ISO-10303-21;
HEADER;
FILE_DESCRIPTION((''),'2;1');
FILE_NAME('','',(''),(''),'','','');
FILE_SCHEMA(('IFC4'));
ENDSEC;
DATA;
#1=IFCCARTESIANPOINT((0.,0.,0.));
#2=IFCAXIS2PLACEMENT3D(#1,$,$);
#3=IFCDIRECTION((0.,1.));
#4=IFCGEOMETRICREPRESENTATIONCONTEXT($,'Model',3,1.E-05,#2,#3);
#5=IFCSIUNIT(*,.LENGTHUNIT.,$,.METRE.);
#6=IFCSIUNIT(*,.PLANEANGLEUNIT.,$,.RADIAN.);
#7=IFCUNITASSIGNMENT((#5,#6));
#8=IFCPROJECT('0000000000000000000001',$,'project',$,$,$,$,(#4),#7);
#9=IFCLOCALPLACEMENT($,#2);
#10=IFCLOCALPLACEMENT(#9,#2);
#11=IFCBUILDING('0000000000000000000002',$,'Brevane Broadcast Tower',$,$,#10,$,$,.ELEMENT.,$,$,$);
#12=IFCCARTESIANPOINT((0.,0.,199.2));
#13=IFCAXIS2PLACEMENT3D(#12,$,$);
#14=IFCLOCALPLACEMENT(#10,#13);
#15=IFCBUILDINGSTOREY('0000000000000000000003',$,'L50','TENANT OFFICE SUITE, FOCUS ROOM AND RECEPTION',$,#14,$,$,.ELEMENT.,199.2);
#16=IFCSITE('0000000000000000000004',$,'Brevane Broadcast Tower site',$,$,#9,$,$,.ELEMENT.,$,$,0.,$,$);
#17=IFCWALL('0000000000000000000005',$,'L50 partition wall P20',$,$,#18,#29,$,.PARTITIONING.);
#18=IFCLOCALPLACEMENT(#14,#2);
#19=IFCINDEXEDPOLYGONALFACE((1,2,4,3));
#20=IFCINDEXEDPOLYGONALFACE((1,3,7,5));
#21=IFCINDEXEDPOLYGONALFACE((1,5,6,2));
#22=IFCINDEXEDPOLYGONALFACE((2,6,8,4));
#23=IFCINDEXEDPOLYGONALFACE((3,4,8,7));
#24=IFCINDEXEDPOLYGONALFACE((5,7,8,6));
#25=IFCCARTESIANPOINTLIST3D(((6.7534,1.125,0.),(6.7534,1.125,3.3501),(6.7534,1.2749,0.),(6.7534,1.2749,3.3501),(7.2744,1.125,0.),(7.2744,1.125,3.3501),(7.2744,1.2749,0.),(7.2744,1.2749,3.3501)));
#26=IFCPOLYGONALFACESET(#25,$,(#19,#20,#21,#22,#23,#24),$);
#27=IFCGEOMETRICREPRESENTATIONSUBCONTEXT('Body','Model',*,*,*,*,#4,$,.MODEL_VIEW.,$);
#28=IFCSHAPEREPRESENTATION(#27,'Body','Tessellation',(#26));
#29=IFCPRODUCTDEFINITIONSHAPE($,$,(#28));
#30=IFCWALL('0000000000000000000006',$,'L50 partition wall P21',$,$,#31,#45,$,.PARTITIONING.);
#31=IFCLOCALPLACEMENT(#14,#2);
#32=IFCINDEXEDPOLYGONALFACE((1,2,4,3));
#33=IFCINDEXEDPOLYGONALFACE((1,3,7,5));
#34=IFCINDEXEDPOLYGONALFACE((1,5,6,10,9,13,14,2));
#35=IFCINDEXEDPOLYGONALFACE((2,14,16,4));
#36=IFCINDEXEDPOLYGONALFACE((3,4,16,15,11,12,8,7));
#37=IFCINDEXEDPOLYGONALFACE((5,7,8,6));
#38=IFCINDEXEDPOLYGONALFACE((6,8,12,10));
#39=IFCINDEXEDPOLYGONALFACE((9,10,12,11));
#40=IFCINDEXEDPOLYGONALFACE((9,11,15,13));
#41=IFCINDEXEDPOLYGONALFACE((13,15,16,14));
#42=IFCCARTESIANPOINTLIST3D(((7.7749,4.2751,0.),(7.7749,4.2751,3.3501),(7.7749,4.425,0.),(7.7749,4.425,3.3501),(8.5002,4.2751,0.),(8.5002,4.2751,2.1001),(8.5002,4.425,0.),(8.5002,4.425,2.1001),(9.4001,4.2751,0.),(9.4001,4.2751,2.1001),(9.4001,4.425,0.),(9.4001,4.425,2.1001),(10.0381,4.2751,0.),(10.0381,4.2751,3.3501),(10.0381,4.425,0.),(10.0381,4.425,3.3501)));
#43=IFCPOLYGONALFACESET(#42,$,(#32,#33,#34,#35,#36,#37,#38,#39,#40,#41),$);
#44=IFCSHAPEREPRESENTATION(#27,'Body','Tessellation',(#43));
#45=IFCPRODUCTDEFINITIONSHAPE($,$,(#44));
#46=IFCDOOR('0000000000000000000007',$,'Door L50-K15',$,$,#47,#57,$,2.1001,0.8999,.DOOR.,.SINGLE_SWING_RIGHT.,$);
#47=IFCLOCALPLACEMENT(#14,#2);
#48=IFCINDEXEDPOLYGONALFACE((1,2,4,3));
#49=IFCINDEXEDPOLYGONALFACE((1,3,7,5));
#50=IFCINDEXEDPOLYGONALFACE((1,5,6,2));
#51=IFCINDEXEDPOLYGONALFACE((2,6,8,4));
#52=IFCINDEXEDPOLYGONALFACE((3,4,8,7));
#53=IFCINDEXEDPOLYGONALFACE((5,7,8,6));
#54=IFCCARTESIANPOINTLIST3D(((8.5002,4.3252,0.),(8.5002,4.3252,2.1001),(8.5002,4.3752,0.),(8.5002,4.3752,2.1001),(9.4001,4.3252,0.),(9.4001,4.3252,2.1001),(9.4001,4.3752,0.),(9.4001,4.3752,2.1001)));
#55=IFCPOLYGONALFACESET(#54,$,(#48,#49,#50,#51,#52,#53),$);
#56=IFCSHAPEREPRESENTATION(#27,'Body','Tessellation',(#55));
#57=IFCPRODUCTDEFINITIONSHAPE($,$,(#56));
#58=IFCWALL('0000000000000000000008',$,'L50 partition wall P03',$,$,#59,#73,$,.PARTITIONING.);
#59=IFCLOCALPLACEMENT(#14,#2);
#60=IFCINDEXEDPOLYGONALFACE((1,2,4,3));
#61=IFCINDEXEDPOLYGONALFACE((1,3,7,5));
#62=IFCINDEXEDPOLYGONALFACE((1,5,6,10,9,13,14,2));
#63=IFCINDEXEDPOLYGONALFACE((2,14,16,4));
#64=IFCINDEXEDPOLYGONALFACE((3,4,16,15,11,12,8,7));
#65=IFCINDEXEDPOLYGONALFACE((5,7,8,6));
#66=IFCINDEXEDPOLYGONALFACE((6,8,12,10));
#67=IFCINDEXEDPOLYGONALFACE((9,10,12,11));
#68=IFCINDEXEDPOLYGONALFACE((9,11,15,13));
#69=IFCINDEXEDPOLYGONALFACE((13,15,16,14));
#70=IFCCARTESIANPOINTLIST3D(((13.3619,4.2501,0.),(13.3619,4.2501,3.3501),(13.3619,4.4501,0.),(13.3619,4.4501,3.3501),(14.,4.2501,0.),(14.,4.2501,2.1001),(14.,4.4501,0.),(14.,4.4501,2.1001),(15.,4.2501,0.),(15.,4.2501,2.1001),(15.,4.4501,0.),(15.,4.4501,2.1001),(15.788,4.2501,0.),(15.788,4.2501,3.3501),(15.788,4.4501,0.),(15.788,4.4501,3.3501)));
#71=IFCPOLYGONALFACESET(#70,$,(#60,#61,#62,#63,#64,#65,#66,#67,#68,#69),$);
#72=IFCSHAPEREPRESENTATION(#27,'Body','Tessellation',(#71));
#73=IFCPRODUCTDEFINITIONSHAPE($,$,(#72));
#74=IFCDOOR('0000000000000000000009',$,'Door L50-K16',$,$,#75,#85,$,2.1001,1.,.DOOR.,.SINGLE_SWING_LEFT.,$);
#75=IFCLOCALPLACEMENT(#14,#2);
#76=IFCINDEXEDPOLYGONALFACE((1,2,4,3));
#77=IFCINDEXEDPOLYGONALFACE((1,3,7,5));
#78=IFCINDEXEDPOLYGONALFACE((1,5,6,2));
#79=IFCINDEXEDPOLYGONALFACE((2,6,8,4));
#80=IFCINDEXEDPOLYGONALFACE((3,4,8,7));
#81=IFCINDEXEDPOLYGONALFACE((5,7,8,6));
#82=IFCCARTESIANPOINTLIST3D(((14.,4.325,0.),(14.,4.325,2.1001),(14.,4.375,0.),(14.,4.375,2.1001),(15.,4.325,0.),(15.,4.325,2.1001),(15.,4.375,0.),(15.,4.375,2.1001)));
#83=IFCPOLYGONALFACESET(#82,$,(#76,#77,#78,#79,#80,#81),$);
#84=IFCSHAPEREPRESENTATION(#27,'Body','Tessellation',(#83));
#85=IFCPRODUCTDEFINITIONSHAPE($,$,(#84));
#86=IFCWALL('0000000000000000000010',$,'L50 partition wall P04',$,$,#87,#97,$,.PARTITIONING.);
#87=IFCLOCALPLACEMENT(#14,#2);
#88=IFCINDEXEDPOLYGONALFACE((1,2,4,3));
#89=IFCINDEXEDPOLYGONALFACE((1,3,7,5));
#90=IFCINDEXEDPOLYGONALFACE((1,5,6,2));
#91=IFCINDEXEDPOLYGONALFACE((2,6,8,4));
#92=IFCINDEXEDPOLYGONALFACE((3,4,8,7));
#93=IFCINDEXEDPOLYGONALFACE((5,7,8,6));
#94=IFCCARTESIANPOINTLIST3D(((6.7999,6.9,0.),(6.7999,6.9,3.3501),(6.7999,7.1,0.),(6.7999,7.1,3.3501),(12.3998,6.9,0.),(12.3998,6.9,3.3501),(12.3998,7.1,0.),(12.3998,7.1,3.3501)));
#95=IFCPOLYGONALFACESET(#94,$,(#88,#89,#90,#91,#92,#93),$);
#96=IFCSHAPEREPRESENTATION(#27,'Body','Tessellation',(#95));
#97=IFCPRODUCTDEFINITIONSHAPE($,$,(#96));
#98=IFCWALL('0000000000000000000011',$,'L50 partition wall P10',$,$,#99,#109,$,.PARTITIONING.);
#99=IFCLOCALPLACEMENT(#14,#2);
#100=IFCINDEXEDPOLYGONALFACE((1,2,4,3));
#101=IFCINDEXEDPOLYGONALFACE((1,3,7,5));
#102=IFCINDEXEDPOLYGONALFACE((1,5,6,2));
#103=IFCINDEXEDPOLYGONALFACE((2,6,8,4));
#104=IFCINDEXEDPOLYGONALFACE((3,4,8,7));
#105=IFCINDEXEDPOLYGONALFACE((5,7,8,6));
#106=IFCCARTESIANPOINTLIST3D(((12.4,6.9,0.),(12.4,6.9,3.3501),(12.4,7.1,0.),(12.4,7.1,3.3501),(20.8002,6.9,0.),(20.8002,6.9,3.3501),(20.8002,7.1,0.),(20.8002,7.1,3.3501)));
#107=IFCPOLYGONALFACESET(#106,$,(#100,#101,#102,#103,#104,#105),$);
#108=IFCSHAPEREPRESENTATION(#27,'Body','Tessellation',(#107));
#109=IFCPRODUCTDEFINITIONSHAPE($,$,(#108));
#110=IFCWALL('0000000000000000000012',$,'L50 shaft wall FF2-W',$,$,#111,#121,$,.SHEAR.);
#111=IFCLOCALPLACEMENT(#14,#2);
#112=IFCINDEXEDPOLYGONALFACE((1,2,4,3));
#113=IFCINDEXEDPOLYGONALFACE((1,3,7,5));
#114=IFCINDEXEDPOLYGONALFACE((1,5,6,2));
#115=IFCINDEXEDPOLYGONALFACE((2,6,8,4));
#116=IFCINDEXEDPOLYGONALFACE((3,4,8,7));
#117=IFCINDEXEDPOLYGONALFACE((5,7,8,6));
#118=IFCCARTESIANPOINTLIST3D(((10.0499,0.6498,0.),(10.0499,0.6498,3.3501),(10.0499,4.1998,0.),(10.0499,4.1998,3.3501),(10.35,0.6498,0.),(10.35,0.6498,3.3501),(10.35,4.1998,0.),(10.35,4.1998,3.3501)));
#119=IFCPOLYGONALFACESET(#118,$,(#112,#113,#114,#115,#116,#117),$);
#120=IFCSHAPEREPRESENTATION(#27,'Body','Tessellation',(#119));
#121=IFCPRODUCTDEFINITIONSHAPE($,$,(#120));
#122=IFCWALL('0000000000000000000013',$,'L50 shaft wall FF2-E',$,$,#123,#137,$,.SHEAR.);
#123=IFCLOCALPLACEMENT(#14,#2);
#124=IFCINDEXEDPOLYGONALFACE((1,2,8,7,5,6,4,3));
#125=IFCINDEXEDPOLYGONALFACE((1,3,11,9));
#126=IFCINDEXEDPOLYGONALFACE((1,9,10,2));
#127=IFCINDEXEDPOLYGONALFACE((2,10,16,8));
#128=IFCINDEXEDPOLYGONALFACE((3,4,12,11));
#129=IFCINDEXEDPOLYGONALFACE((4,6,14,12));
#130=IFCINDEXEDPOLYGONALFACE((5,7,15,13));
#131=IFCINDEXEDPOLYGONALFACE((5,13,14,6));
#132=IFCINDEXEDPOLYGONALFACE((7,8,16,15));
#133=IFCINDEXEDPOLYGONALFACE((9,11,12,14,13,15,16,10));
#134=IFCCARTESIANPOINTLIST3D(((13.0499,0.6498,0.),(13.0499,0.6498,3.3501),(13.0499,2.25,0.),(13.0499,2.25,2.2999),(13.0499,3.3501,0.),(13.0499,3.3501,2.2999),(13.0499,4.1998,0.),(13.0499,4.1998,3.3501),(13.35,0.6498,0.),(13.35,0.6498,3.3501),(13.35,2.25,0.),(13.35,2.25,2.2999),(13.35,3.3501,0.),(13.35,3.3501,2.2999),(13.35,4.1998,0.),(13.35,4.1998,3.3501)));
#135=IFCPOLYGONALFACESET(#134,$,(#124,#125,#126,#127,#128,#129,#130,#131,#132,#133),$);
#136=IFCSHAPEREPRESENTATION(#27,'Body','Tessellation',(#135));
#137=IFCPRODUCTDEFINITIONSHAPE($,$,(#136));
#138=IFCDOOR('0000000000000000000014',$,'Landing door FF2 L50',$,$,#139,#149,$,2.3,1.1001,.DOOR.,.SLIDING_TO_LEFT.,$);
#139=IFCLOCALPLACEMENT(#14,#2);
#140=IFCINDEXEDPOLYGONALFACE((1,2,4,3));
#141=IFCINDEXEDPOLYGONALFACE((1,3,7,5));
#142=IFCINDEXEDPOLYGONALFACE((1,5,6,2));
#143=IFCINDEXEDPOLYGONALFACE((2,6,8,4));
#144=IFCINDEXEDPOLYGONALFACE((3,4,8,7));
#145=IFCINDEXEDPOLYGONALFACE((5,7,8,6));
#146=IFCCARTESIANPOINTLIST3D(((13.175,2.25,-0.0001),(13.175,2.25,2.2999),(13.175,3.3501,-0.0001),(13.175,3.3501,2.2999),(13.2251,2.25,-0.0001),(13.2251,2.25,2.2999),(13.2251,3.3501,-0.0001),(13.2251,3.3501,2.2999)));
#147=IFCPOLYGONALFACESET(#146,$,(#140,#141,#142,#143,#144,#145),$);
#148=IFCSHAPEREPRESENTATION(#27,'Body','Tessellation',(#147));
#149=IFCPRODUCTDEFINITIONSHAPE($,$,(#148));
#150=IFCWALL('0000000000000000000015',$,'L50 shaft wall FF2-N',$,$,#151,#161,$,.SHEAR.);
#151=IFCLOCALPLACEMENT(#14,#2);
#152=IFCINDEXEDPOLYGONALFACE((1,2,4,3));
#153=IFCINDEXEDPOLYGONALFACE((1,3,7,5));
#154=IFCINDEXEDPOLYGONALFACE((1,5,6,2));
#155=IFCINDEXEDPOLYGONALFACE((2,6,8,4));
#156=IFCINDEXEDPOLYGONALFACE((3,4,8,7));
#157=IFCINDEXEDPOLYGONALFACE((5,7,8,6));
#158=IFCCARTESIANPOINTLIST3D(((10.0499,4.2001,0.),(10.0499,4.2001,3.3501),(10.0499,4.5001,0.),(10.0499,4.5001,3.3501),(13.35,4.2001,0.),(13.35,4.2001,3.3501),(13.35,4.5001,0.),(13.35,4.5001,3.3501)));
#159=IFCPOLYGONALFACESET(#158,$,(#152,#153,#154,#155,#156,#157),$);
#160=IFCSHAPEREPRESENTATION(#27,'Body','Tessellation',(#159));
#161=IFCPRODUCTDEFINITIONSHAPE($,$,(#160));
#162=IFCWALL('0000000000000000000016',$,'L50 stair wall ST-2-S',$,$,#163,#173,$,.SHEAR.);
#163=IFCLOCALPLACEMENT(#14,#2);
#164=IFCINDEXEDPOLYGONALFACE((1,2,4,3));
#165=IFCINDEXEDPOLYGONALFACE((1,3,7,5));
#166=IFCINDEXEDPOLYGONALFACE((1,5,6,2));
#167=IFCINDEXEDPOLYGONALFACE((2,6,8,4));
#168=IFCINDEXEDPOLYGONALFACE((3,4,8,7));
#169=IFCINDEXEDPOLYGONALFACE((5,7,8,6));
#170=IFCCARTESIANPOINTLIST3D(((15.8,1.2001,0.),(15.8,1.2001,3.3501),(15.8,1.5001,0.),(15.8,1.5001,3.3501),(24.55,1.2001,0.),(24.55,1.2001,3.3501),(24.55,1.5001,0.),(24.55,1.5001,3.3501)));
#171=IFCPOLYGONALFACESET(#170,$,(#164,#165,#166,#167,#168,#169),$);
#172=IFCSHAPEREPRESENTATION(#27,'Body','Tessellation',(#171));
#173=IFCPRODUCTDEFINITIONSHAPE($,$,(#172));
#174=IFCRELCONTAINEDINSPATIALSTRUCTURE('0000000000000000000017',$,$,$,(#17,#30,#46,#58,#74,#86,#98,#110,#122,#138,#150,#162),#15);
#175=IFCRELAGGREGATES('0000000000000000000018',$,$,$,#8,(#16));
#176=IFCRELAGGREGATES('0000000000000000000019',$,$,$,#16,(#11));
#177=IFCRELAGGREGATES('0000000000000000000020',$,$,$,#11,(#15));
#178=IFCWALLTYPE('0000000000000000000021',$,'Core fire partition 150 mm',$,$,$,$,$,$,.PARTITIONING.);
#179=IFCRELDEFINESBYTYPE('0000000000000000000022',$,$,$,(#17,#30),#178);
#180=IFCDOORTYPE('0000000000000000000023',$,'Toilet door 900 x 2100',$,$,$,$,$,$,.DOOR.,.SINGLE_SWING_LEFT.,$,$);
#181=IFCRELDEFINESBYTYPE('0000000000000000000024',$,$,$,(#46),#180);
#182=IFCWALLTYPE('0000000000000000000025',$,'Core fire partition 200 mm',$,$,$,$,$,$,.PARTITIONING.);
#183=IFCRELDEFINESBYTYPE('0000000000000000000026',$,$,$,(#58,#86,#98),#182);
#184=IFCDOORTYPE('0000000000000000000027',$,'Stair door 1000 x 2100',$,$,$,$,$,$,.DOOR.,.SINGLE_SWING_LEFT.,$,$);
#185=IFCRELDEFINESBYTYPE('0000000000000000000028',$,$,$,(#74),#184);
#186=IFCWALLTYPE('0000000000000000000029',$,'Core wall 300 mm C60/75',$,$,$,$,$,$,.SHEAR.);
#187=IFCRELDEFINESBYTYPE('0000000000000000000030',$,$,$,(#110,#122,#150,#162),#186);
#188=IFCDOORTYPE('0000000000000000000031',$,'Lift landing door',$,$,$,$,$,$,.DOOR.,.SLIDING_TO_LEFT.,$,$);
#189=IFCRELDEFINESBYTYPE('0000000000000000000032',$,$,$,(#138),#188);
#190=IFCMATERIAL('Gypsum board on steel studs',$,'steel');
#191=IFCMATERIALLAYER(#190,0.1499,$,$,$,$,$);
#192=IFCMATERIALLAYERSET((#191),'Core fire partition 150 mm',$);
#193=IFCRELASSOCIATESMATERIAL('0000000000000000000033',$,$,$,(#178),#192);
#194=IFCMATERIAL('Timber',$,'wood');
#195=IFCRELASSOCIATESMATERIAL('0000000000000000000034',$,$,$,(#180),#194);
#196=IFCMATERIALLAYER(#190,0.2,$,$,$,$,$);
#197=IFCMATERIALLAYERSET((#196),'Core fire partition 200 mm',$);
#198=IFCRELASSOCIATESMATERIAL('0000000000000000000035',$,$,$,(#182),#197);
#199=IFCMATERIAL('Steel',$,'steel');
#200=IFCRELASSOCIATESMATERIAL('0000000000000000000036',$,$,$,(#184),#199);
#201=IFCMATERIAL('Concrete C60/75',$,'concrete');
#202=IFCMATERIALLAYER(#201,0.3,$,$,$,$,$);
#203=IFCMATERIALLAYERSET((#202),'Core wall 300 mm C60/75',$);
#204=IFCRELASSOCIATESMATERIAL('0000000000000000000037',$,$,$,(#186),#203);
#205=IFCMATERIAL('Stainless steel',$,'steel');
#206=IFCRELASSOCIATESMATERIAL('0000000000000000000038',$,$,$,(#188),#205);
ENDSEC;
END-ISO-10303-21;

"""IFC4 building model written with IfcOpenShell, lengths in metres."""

from ifc_helpers import new_model, si_unit, direction, frame, frame_2d, origin, place, context, subcontext, project, spatial, rectangle, extrude, material, layer, layer_set, type_object, element, fill, save


model = new_model("IFC4")

# Units and contexts
model_context = context("Model", 3, precision=1e-05, world=origin(), true_north=direction((0.0, 1.0)))
body_context = subcontext(model_context, "Body", "Model", "MODEL_VIEW")
ifc_project = project(units=[si_unit("LENGTHUNIT", "METRE"), si_unit("PLANEANGLEUNIT", "RADIAN")], contexts=[model_context])

# Site, building, storey
site_placement = place(None, origin())
site = spatial("IfcSite", under=ifc_project, at=site_placement, Name="Brevane Broadcast Tower site", CompositionType="ELEMENT", RefElevation=0.0)
building_placement = place(site_placement, origin())
building = spatial("IfcBuilding", under=site, at=building_placement, Name="Brevane Broadcast Tower", CompositionType="ELEMENT")
storey_placement = place(building_placement, frame((0.0, 0.0, 199.2)))
storey = spatial("IfcBuildingStorey", under=building, at=storey_placement, Name="L50", Description="TENANT OFFICE SUITE, FOCUS ROOM AND RECEPTION", CompositionType="ELEMENT", Elevation=199.2)

# Shared definitions
ifc_material_1 = material(Name="Gypsum board on steel studs", Category="steel")
ifc_layer_1 = layer(ifc_material_1, 0.1499)
ifc_layer_set_1 = layer_set([ifc_layer_1], Name="Core fire partition 150 mm")
wall_type_1 = type_object("IfcWallType", Name="Core fire partition 150 mm", PredefinedType="PARTITIONING", material=ifc_layer_set_1)

# Shared definitions
ifc_material_2 = material(Name="Timber", Category="wood")
door_type_1 = type_object("IfcDoorType", Name="Toilet door 900 x 2100", OperationType="SINGLE_SWING_LEFT", PredefinedType="DOOR", material=ifc_material_2)

# Wall
wall_1_placement = place(storey_placement, frame((7.2744, 1.2, 0.0), z_axis=(0.0, 0.0, 1.0), x_axis=(-1.0, 0.0, 0.0)))
element("IfcWall", 1, at=wall_1_placement, inside=storey, type_object=wall_type_1, Name="L50 partition wall P20", PredefinedType="PARTITIONING", context=body_context, shape_type="SweptSolid", body=[
    extrude(rectangle(XDim=0.521, YDim=0.1499, at=frame_2d((0.2605, 0.0))), origin(), (0.0, 0.0, 1.0), 3.3501),
])

# Walls, openings, doors
wall_2_placement = place(storey_placement, frame((10.0381, 4.3501, 0.0), z_axis=(0.0, 0.0, 1.0), x_axis=(-1.0, 0.0, 0.0)))
wall_2 = element("IfcWall", 2, at=wall_2_placement, inside=storey, type_object=wall_type_1, Name="L50 partition wall P21", PredefinedType="PARTITIONING", context=body_context, shape_type="SweptSolid", body=[
    extrude(rectangle(XDim=2.2632, YDim=0.1499, at=frame_2d((1.1316, 0.0))), origin(), (0.0, 0.0, 1.0), 3.3501),
])
opening_1_placement = place(wall_2_placement, frame((0.6379, 0.0, 0.0)))
opening_1 = element("IfcOpeningElement", 3, at=opening_1_placement, cuts=wall_2, PredefinedType="OPENING", context=body_context, shape_type="SweptSolid", body=[
    extrude(rectangle(XDim=0.8999, YDim=2.1001, at=frame_2d((0.45, 1.05))), frame((0.0, 0.085, 0.0), z_axis=(0.0, -1.0, 0.0), x_axis=(1.0, 0.0, 0.0)), (0.0, 0.0, 1.0), 0.1699),
])
door_1_placement = place(opening_1_placement, origin())
door_1 = element("IfcDoor", 4, at=door_1_placement, inside=storey, type_object=door_type_1, Name="Door L50-K15", OperationType="SINGLE_SWING_RIGHT", OverallHeight=2.1001, OverallWidth=0.8999, PredefinedType="DOOR", context=body_context, shape_type="SweptSolid", body=[
    extrude(rectangle(XDim=0.8999, YDim=2.1001, at=frame_2d((0.45, 1.05))), frame((0.0, 0.0249, 0.0), z_axis=(0.0, -1.0, 0.0), x_axis=(1.0, 0.0, 0.0)), (0.0, 0.0, 1.0), 0.05),
])
fill(opening_1, door_1)
ifc_layer_2 = layer(ifc_material_1, 0.2)
ifc_layer_set_2 = layer_set([ifc_layer_2], Name="Core fire partition 200 mm")
wall_type_2 = type_object("IfcWallType", Name="Core fire partition 200 mm", PredefinedType="PARTITIONING", material=ifc_layer_set_2)
wall_3_placement = place(storey_placement, frame((13.3621, 4.3501, 0.0), z_axis=(0.0, 0.0, 1.0), x_axis=(1.0, 0.0, 0.0)))
wall_3 = element("IfcWall", 5, at=wall_3_placement, inside=storey, type_object=wall_type_2, Name="L50 partition wall P03", PredefinedType="PARTITIONING", context=body_context, shape_type="SweptSolid", body=[
    extrude(rectangle(XDim=2.426, YDim=0.2, at=frame_2d((1.2129, 0.0))), origin(), (0.0, 0.0, 1.0), 3.3501),
])
opening_2_placement = place(wall_3_placement, frame((0.6379, 0.0, 0.0)))
opening_2 = element("IfcOpeningElement", 6, at=opening_2_placement, cuts=wall_3, PredefinedType="OPENING", context=body_context, shape_type="SweptSolid", body=[
    extrude(rectangle(XDim=1.0, YDim=2.1001, at=frame_2d((0.5, 1.05))), frame((0.0, 0.1099, 0.0), z_axis=(0.0, -1.0, 0.0), x_axis=(1.0, 0.0, 0.0)), (0.0, 0.0, 1.0), 0.22),
])
ifc_material_3 = material(Name="Steel", Category="steel")
door_type_2 = type_object("IfcDoorType", Name="Stair door 1000 x 2100", OperationType="SINGLE_SWING_LEFT", PredefinedType="DOOR", material=ifc_material_3)
door_2_placement = place(opening_2_placement, origin())
door_2 = element("IfcDoor", 7, at=door_2_placement, inside=storey, type_object=door_type_2, Name="Door L50-K16", OperationType="SINGLE_SWING_LEFT", OverallHeight=2.1001, OverallWidth=1.0, PredefinedType="DOOR", context=body_context, shape_type="SweptSolid", body=[
    extrude(rectangle(XDim=1.0, YDim=2.1001, at=frame_2d((0.5, 1.05))), frame((0.0, 0.0249, 0.0), z_axis=(0.0, -1.0, 0.0), x_axis=(1.0, 0.0, 0.0)), (0.0, 0.0, 1.0), 0.05),
])
fill(opening_2, door_2)

# Walls
wall_4_placement = place(storey_placement, frame((6.8, 7.0, 0.0), z_axis=(0.0, 0.0, 1.0), x_axis=(1.0, 0.0, 0.0)))
element("IfcWall", 8, at=wall_4_placement, inside=storey, type_object=wall_type_2, Name="L50 partition wall P04", PredefinedType="PARTITIONING", context=body_context, shape_type="SweptSolid", body=[
    extrude(rectangle(XDim=5.5999, YDim=0.2, at=frame_2d((2.7998, 0.0))), origin(), (0.0, 0.0, 1.0), 3.3501),
])
wall_5_placement = place(storey_placement, frame((12.3999, 7.0, 0.0), z_axis=(0.0, 0.0, 1.0), x_axis=(1.0, 0.0, 0.0)))
element("IfcWall", 9, at=wall_5_placement, inside=storey, type_object=wall_type_2, Name="L50 partition wall P10", PredefinedType="PARTITIONING", context=body_context, shape_type="SweptSolid", body=[
    extrude(rectangle(XDim=8.4001, YDim=0.2, at=frame_2d((4.2002, 0.0))), origin(), (0.0, 0.0, 1.0), 3.3501),
])
ifc_material_4 = material(Name="Concrete C60/75", Category="concrete")
ifc_layer_3 = layer(ifc_material_4, 0.3)
ifc_layer_set_3 = layer_set([ifc_layer_3], Name="Core wall 300 mm C60/75")
wall_type_3 = type_object("IfcWallType", Name="Core wall 300 mm C60/75", PredefinedType="SHEAR", material=ifc_layer_set_3)
wall_6_placement = place(storey_placement, frame((10.2, 0.6499, 0.0), z_axis=(0.0, 0.0, 1.0), x_axis=(0.0, 1.0, 0.0)))
element("IfcWall", 10, at=wall_6_placement, inside=storey, type_object=wall_type_3, Name="L50 shaft wall FF2-W", PredefinedType="SHEAR", context=body_context, shape_type="SweptSolid", body=[
    extrude(rectangle(XDim=3.55, YDim=0.3, at=frame_2d((1.7749, 0.0))), origin(), (0.0, 0.0, 1.0), 3.3501),
])

# Wall, opening, door
wall_7_placement = place(storey_placement, frame((13.2, 0.6499, 0.0), z_axis=(0.0, 0.0, 1.0), x_axis=(0.0, 1.0, 0.0)))
wall_7 = element("IfcWall", 11, at=wall_7_placement, inside=storey, type_object=wall_type_3, Name="L50 shaft wall FF2-E", PredefinedType="SHEAR", context=body_context, shape_type="SweptSolid", body=[
    extrude(rectangle(XDim=3.55, YDim=0.3, at=frame_2d((1.7749, 0.0))), origin(), (0.0, 0.0, 1.0), 3.3501),
])
opening_3_placement = place(wall_7_placement, frame((1.6001, 0.0, 0.0)))
opening_3 = element("IfcOpeningElement", 12, at=opening_3_placement, cuts=wall_7, PredefinedType="OPENING", context=body_context, shape_type="SweptSolid", body=[
    extrude(rectangle(XDim=1.1001, YDim=2.3, at=frame_2d((0.55, 1.1499))), frame((0.0, 0.1599, 0.0), z_axis=(0.0, -1.0, 0.0), x_axis=(1.0, 0.0, 0.0)), (0.0, 0.0, 1.0), 0.3201),
])
ifc_material_5 = material(Name="Stainless steel", Category="steel")
door_type_3 = type_object("IfcDoorType", Name="Lift landing door", OperationType="SLIDING_TO_LEFT", PredefinedType="DOOR", material=ifc_material_5)
door_3_placement = place(opening_3_placement, origin())
door_3 = element("IfcDoor", 13, at=door_3_placement, inside=storey, type_object=door_type_3, Name="Landing door FF2 L50", OperationType="SLIDING_TO_LEFT", OverallHeight=2.3, OverallWidth=1.1001, PredefinedType="DOOR", context=body_context, shape_type="SweptSolid", body=[
    extrude(rectangle(XDim=1.1001, YDim=2.3, at=frame_2d((0.55, 1.1499))), frame((0.0, 0.0249, 0.0), z_axis=(0.0, -1.0, 0.0), x_axis=(1.0, 0.0, 0.0)), (0.0, 0.0, 1.0), 0.05),
])
fill(opening_3, door_3)

# Walls
wall_8_placement = place(storey_placement, frame((10.05, 4.3501, 0.0), z_axis=(0.0, 0.0, 1.0), x_axis=(1.0, 0.0, 0.0)))
element("IfcWall", 14, at=wall_8_placement, inside=storey, type_object=wall_type_3, Name="L50 shaft wall FF2-N", PredefinedType="SHEAR", context=body_context, shape_type="SweptSolid", body=[
    extrude(rectangle(XDim=3.3, YDim=0.3, at=frame_2d((1.6499, 0.0))), origin(), (0.0, 0.0, 1.0), 3.3501),
])
wall_9_placement = place(storey_placement, frame((15.8, 1.3501, 0.0), z_axis=(0.0, 0.0, 1.0), x_axis=(1.0, 0.0, 0.0)))
element("IfcWall", 15, at=wall_9_placement, inside=storey, type_object=wall_type_3, Name="L50 stair wall ST-2-S", PredefinedType="SHEAR", context=body_context, shape_type="SweptSolid", body=[
    extrude(rectangle(XDim=8.75, YDim=0.3, at=frame_2d((4.375, 0.0))), origin(), (0.0, 0.0, 1.0), 3.3501),
])

save(model, "model.ifc")
